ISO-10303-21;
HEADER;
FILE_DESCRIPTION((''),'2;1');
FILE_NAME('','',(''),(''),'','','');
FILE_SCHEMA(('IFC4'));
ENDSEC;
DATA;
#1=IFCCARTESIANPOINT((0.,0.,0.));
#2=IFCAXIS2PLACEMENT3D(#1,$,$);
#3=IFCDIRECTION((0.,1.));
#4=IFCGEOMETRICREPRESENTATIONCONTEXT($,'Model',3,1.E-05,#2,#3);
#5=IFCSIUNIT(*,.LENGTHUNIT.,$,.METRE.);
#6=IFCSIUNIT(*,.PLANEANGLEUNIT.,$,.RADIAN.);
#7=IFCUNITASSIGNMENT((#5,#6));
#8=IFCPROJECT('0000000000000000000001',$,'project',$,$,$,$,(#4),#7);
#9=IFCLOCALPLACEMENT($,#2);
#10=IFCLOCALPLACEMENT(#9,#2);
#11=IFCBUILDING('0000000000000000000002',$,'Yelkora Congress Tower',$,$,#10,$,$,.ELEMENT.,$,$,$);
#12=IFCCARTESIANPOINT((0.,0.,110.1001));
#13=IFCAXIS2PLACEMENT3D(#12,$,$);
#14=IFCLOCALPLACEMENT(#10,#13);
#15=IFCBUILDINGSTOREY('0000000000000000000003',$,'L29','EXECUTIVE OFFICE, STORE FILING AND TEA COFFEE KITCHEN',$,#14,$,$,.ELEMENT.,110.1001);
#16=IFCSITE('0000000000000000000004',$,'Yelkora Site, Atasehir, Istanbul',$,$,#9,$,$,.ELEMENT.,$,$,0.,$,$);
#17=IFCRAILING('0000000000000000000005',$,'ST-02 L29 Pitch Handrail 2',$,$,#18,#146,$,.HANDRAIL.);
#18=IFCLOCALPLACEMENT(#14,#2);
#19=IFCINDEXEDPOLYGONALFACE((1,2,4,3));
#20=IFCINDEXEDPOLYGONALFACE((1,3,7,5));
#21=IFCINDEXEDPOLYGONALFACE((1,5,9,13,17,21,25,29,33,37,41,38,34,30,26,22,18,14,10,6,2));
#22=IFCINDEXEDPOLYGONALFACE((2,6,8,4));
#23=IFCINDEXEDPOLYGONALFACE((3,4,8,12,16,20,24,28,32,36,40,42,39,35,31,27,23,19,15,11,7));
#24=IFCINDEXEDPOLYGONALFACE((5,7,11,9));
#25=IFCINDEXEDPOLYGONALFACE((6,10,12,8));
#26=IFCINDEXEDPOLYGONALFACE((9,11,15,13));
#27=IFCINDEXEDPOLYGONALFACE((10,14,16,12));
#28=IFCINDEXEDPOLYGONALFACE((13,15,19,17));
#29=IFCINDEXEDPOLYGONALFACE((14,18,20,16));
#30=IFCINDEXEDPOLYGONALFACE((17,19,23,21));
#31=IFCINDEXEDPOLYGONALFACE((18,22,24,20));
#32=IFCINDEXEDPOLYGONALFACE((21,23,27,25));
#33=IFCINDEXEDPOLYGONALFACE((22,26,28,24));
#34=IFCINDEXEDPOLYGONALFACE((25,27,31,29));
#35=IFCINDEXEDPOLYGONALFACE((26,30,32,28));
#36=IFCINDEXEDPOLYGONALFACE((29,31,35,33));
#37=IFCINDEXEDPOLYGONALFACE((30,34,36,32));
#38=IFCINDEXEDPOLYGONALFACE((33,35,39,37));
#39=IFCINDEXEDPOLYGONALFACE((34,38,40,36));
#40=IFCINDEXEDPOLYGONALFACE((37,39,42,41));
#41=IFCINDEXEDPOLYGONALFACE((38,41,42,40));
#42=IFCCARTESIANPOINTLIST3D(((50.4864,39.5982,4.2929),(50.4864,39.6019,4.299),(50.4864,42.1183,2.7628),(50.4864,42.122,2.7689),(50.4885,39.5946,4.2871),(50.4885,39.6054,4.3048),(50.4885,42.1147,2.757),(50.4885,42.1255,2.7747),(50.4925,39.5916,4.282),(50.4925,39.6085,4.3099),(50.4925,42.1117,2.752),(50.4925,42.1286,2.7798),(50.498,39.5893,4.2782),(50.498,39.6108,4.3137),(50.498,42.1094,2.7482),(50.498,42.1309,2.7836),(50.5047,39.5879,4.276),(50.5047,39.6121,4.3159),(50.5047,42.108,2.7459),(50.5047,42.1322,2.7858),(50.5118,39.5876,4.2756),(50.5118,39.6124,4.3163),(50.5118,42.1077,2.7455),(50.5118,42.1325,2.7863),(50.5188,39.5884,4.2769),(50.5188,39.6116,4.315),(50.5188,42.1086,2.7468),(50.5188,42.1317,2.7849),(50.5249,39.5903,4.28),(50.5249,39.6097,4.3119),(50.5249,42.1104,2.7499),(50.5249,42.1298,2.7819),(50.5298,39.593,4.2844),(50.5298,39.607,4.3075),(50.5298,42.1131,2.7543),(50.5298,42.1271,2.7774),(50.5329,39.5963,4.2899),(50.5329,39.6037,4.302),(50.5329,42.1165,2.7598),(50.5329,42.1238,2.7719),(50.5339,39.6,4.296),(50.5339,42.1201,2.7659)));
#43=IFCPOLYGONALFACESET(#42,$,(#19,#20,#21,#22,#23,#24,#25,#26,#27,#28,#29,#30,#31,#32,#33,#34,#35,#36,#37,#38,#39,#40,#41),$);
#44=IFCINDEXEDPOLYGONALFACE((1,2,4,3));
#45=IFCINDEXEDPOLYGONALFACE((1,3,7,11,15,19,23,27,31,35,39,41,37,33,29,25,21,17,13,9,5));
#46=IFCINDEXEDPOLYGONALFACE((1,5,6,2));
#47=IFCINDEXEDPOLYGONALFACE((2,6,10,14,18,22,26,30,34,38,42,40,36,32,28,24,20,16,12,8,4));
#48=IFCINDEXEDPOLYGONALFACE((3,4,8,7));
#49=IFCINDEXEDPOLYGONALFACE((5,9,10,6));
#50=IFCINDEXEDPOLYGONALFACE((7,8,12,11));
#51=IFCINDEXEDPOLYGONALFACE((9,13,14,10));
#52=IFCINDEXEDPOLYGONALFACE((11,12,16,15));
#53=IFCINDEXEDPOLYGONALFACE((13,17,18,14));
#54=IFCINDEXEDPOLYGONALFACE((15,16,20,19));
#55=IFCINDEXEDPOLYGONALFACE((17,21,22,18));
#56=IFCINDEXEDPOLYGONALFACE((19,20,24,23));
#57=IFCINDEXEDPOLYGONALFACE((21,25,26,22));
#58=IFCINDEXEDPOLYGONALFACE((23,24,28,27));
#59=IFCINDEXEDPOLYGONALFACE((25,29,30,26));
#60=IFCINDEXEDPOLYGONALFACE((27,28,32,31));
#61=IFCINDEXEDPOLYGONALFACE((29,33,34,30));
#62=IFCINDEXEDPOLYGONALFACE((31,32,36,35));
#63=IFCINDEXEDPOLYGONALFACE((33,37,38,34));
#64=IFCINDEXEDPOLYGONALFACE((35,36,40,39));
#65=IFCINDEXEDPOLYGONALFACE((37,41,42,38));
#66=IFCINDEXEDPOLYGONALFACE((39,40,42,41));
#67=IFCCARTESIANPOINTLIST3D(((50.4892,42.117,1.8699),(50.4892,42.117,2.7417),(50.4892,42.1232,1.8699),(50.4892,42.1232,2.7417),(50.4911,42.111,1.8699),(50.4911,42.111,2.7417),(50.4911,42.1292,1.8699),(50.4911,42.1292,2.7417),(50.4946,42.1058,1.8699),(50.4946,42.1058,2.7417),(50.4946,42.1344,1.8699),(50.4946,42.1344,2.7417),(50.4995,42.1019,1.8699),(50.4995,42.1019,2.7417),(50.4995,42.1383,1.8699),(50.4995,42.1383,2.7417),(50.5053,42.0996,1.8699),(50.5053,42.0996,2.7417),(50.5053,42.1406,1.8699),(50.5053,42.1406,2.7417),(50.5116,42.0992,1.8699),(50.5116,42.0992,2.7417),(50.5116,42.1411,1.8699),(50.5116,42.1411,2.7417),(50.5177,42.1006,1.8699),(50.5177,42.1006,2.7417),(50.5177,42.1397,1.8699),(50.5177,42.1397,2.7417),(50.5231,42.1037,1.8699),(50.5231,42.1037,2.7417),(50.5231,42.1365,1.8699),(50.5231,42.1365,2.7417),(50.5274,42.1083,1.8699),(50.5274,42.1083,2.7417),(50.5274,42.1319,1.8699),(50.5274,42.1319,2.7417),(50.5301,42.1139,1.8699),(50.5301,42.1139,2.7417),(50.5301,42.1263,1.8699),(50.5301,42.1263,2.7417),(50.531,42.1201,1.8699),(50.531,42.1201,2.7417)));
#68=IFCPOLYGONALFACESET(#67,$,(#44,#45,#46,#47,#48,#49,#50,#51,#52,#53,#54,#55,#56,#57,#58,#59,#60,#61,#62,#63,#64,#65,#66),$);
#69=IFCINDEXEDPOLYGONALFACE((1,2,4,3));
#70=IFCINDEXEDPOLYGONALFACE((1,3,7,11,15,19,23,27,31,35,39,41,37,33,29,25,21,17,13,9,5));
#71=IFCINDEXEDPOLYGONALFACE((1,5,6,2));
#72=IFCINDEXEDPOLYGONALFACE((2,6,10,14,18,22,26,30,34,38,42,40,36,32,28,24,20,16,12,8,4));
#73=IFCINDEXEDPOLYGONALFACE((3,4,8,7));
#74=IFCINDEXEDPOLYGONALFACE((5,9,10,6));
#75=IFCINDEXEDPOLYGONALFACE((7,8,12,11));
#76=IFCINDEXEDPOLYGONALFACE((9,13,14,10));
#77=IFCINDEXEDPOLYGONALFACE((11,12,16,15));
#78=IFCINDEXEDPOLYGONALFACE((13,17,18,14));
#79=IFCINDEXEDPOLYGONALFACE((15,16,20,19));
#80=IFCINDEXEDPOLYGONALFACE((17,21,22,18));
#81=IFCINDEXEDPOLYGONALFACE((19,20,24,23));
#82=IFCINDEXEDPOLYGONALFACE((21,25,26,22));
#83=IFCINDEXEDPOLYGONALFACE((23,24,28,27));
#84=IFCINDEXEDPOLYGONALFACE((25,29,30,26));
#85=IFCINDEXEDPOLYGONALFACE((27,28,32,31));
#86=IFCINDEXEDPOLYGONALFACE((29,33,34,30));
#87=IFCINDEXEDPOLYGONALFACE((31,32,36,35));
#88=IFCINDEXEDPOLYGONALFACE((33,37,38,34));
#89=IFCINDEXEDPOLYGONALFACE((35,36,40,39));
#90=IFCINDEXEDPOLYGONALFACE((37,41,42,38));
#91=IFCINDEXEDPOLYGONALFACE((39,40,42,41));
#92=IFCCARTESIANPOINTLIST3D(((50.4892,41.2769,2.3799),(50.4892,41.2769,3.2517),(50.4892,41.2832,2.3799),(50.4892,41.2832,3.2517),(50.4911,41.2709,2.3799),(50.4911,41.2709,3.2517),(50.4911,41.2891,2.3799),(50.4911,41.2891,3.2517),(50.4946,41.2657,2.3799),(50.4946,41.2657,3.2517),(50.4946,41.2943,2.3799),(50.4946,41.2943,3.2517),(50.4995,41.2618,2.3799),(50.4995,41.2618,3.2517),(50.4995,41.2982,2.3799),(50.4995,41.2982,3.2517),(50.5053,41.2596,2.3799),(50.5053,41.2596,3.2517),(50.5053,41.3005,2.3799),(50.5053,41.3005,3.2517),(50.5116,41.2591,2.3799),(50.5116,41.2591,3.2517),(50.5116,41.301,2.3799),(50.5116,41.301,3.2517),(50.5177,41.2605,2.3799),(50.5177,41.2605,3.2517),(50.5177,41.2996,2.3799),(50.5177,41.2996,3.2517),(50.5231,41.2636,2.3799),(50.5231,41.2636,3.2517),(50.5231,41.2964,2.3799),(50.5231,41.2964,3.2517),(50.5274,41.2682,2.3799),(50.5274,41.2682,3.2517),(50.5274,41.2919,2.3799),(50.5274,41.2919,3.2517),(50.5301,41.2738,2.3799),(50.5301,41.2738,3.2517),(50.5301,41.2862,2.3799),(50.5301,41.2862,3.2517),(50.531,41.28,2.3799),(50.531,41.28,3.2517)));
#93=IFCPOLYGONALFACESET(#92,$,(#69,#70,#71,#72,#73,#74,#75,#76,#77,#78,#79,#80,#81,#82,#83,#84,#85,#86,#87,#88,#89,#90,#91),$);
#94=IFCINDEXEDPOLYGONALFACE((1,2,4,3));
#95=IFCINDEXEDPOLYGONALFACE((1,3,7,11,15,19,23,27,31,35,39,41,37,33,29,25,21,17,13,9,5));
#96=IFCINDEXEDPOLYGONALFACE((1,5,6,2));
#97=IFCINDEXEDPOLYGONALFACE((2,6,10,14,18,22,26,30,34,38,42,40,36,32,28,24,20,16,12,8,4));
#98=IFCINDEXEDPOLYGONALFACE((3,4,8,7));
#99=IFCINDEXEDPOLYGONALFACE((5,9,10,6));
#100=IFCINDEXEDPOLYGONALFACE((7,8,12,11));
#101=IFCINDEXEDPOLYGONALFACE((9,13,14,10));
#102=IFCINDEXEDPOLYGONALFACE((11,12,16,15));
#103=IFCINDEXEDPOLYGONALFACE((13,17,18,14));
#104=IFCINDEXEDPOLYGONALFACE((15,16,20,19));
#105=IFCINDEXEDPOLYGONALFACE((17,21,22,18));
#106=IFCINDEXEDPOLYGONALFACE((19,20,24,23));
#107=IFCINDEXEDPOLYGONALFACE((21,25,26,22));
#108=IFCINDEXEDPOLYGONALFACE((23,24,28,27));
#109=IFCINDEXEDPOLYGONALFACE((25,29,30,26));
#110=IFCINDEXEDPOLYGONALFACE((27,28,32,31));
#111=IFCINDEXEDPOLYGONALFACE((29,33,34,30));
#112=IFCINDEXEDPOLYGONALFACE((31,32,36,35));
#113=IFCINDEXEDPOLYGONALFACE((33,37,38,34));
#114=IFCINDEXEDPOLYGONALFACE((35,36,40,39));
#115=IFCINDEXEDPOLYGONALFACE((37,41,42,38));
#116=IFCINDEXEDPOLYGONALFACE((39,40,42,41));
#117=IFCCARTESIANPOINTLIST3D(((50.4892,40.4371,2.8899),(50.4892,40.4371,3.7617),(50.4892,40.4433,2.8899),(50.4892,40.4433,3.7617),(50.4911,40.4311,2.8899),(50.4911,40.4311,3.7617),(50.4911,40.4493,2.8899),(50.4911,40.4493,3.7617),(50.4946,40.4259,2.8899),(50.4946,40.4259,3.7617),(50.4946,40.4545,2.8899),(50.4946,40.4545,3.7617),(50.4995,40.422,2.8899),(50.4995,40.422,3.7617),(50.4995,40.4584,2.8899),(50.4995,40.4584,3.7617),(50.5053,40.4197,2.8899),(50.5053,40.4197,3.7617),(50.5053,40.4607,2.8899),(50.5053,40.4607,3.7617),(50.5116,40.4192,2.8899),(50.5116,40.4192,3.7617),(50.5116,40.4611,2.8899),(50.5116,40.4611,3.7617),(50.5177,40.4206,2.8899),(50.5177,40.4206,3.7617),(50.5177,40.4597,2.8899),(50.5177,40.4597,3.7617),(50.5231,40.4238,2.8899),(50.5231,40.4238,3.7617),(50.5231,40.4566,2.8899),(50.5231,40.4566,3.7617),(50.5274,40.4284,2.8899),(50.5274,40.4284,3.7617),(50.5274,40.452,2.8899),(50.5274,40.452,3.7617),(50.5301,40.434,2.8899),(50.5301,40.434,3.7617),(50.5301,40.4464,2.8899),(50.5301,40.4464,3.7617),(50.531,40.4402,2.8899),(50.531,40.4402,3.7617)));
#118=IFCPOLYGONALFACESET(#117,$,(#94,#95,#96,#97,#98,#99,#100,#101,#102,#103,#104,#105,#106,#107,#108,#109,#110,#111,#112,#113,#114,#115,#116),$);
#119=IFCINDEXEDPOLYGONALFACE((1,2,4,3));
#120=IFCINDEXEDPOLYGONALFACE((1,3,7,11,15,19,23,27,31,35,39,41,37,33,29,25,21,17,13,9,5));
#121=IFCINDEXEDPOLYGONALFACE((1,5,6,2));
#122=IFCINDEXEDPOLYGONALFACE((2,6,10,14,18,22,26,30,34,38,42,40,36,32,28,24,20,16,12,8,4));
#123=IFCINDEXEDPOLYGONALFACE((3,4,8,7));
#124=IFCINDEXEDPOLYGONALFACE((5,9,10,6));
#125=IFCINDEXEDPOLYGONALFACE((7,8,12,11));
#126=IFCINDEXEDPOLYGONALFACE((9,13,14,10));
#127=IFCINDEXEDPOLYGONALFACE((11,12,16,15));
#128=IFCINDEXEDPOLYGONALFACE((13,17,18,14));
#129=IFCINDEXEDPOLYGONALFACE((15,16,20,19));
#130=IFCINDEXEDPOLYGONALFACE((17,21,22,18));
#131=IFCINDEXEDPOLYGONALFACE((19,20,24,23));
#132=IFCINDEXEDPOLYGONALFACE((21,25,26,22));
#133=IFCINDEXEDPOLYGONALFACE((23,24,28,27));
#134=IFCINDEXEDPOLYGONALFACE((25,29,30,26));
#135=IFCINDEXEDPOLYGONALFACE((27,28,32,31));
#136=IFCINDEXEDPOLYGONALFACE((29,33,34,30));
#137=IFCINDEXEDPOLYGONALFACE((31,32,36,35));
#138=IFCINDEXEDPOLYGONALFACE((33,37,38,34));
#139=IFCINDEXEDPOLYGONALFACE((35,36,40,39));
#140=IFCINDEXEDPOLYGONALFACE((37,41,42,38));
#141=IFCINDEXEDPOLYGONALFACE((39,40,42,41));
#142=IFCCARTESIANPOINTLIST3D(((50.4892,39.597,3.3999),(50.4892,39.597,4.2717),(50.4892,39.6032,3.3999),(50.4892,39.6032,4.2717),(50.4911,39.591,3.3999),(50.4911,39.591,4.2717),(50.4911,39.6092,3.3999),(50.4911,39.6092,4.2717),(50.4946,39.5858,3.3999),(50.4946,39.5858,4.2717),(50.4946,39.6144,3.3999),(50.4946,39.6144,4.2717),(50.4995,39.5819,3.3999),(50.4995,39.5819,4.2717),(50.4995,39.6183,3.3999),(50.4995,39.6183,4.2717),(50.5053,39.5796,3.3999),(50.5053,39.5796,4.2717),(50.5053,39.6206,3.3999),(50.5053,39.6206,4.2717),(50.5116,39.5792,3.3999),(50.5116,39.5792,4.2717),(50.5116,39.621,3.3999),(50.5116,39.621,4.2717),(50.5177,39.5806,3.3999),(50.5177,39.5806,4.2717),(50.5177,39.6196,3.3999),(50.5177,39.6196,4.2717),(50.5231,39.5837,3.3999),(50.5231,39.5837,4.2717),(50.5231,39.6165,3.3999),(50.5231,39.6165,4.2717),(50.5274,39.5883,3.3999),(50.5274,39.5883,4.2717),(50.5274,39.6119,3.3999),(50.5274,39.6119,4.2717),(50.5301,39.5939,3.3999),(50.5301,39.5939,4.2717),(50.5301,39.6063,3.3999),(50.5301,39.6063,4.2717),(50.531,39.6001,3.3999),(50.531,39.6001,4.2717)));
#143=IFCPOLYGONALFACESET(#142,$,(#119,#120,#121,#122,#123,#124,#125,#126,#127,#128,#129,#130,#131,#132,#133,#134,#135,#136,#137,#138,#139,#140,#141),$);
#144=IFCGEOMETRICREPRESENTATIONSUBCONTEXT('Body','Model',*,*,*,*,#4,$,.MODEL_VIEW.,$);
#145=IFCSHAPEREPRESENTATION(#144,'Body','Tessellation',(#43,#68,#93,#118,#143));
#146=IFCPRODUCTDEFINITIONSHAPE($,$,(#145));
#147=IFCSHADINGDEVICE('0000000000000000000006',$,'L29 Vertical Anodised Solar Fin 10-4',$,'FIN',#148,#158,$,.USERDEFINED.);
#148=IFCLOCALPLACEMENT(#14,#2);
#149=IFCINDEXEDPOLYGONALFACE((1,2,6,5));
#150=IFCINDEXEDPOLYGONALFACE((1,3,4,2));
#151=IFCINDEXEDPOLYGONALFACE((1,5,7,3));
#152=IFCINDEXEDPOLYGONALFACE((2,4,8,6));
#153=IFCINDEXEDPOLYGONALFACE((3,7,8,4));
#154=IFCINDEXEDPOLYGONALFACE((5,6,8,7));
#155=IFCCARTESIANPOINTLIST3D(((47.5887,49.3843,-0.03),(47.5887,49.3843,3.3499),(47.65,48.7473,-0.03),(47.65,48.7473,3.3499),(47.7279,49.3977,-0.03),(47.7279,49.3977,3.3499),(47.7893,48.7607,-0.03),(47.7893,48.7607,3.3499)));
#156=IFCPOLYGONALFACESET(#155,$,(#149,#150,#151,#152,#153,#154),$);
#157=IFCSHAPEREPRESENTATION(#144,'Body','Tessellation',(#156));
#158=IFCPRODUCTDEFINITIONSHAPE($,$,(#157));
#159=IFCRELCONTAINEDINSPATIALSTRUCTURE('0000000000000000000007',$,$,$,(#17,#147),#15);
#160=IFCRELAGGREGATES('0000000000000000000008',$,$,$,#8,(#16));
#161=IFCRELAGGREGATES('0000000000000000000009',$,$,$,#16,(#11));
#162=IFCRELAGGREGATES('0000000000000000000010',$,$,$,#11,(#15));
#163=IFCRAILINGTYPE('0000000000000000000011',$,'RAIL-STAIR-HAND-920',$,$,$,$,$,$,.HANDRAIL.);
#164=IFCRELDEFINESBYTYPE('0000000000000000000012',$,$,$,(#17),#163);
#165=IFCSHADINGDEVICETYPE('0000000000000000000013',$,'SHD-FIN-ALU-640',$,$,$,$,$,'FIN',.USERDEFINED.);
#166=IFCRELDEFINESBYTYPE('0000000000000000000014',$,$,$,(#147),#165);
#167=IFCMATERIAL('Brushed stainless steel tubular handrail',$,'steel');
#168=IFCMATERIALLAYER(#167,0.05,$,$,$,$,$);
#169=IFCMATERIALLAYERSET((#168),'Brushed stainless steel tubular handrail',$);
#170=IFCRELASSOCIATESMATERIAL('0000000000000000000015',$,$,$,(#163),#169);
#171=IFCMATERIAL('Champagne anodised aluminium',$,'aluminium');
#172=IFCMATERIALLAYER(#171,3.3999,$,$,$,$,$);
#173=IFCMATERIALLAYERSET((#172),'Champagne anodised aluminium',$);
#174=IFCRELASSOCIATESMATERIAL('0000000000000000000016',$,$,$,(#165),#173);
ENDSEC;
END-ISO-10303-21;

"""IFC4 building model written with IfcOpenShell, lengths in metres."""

from ifc_helpers import new_model, si_unit, direction, frame, origin, origin_2d, place, context, subcontext, project, spatial, rectangle, circle, extrude, material, layer, layer_set, type_object, element, save


model = new_model("IFC4")

# Units and contexts
model_context = context("Model", 3, precision=1e-05, world=origin(), true_north=direction((0.0, 1.0)))
body_context = subcontext(model_context, "Body", "Model", "MODEL_VIEW")
ifc_project = project(units=[si_unit("LENGTHUNIT", "METRE"), si_unit("PLANEANGLEUNIT", "RADIAN")], contexts=[model_context])

# Site, building, storey
site_placement = place(None, origin())
site = spatial("IfcSite", under=ifc_project, at=site_placement, Name="Yelkora Site, Atasehir, Istanbul", CompositionType="ELEMENT", RefElevation=0.0)
building_placement = place(site_placement, origin())
building = spatial("IfcBuilding", under=site, at=building_placement, Name="Yelkora Congress Tower", CompositionType="ELEMENT")
storey_placement = place(building_placement, frame((0.0, 0.0, 110.1001)))
storey = spatial("IfcBuildingStorey", under=building, at=storey_placement, Name="L29", Description="EXECUTIVE OFFICE, STORE FILING AND TEA COFFEE KITCHEN", CompositionType="ELEMENT", Elevation=110.1001)

# Railing
ifc_material_1 = material(Name="Brushed stainless steel tubular handrail", Category="steel")
ifc_layer_1 = layer(ifc_material_1, 0.05)
ifc_layer_set_1 = layer_set([ifc_layer_1], Name="Brushed stainless steel tubular handrail")
railing_type_1 = type_object("IfcRailingType", Name="RAIL-STAIR-HAND-920", PredefinedType="HANDRAIL", material=ifc_layer_set_1)
railing_1_placement = place(storey_placement, frame((50.51, 42.1201, 1.8699)))
element("IfcRailing", 1, at=railing_1_placement, inside=storey, type_object=railing_type_1, Name="ST-02 L29 Pitch Handrail 2", PredefinedType="HANDRAIL", context=body_context, shape_type="SweptSolid", body=[
    extrude(circle(Radius=0.0239, at=origin_2d()), frame((0.0, 0.0, 0.896), z_axis=(0.0, -0.854785, 0.518982), x_axis=(1.0, 0.0, 0.0)), (0.0, 0.0, 1.0), 2.9482),
    extrude(circle(Radius=0.021, at=origin_2d()), origin(), (0.0, 0.0, 1.0), 0.8718),
    extrude(circle(Radius=0.021, at=origin_2d()), frame((0.0, -0.8401, 0.51)), (0.0, 0.0, 1.0), 0.8718),
    extrude(circle(Radius=0.021, at=origin_2d()), frame((0.0, -1.6799, 1.02)), (0.0, 0.0, 1.0), 0.8718),
    extrude(circle(Radius=0.021, at=origin_2d()), frame((0.0, -2.52, 1.53)), (0.0, 0.0, 1.0), 0.8718),
])

# Shading device
ifc_material_2 = material(Name="Champagne anodised aluminium", Category="aluminium")
ifc_layer_2 = layer(ifc_material_2, 3.3999)
ifc_layer_set_2 = layer_set([ifc_layer_2], Name="Champagne anodised aluminium")
shading_device_type = type_object("IfcShadingDeviceType", Name="SHD-FIN-ALU-640", ElementType="FIN", PredefinedType="USERDEFINED", material=ifc_layer_set_2)
shading_device_placement = place(storey_placement, frame((47.689, 49.0725, -0.03), z_axis=(0.0, 0.0, 1.0), x_axis=(0.995396, 0.095846, 0.0)))
element("IfcShadingDevice", 2, at=shading_device_placement, inside=storey, type_object=shading_device_type, Name="L29 Vertical Anodised Solar Fin 10-4", ObjectType="FIN", PredefinedType="USERDEFINED", context=body_context, shape_type="SweptSolid", body=[
    extrude(rectangle(XDim=0.1399, YDim=0.6399, at=origin_2d()), origin(), (0.0, 0.0, 1.0), 3.3799),
])

save(model, "model.ifc")
